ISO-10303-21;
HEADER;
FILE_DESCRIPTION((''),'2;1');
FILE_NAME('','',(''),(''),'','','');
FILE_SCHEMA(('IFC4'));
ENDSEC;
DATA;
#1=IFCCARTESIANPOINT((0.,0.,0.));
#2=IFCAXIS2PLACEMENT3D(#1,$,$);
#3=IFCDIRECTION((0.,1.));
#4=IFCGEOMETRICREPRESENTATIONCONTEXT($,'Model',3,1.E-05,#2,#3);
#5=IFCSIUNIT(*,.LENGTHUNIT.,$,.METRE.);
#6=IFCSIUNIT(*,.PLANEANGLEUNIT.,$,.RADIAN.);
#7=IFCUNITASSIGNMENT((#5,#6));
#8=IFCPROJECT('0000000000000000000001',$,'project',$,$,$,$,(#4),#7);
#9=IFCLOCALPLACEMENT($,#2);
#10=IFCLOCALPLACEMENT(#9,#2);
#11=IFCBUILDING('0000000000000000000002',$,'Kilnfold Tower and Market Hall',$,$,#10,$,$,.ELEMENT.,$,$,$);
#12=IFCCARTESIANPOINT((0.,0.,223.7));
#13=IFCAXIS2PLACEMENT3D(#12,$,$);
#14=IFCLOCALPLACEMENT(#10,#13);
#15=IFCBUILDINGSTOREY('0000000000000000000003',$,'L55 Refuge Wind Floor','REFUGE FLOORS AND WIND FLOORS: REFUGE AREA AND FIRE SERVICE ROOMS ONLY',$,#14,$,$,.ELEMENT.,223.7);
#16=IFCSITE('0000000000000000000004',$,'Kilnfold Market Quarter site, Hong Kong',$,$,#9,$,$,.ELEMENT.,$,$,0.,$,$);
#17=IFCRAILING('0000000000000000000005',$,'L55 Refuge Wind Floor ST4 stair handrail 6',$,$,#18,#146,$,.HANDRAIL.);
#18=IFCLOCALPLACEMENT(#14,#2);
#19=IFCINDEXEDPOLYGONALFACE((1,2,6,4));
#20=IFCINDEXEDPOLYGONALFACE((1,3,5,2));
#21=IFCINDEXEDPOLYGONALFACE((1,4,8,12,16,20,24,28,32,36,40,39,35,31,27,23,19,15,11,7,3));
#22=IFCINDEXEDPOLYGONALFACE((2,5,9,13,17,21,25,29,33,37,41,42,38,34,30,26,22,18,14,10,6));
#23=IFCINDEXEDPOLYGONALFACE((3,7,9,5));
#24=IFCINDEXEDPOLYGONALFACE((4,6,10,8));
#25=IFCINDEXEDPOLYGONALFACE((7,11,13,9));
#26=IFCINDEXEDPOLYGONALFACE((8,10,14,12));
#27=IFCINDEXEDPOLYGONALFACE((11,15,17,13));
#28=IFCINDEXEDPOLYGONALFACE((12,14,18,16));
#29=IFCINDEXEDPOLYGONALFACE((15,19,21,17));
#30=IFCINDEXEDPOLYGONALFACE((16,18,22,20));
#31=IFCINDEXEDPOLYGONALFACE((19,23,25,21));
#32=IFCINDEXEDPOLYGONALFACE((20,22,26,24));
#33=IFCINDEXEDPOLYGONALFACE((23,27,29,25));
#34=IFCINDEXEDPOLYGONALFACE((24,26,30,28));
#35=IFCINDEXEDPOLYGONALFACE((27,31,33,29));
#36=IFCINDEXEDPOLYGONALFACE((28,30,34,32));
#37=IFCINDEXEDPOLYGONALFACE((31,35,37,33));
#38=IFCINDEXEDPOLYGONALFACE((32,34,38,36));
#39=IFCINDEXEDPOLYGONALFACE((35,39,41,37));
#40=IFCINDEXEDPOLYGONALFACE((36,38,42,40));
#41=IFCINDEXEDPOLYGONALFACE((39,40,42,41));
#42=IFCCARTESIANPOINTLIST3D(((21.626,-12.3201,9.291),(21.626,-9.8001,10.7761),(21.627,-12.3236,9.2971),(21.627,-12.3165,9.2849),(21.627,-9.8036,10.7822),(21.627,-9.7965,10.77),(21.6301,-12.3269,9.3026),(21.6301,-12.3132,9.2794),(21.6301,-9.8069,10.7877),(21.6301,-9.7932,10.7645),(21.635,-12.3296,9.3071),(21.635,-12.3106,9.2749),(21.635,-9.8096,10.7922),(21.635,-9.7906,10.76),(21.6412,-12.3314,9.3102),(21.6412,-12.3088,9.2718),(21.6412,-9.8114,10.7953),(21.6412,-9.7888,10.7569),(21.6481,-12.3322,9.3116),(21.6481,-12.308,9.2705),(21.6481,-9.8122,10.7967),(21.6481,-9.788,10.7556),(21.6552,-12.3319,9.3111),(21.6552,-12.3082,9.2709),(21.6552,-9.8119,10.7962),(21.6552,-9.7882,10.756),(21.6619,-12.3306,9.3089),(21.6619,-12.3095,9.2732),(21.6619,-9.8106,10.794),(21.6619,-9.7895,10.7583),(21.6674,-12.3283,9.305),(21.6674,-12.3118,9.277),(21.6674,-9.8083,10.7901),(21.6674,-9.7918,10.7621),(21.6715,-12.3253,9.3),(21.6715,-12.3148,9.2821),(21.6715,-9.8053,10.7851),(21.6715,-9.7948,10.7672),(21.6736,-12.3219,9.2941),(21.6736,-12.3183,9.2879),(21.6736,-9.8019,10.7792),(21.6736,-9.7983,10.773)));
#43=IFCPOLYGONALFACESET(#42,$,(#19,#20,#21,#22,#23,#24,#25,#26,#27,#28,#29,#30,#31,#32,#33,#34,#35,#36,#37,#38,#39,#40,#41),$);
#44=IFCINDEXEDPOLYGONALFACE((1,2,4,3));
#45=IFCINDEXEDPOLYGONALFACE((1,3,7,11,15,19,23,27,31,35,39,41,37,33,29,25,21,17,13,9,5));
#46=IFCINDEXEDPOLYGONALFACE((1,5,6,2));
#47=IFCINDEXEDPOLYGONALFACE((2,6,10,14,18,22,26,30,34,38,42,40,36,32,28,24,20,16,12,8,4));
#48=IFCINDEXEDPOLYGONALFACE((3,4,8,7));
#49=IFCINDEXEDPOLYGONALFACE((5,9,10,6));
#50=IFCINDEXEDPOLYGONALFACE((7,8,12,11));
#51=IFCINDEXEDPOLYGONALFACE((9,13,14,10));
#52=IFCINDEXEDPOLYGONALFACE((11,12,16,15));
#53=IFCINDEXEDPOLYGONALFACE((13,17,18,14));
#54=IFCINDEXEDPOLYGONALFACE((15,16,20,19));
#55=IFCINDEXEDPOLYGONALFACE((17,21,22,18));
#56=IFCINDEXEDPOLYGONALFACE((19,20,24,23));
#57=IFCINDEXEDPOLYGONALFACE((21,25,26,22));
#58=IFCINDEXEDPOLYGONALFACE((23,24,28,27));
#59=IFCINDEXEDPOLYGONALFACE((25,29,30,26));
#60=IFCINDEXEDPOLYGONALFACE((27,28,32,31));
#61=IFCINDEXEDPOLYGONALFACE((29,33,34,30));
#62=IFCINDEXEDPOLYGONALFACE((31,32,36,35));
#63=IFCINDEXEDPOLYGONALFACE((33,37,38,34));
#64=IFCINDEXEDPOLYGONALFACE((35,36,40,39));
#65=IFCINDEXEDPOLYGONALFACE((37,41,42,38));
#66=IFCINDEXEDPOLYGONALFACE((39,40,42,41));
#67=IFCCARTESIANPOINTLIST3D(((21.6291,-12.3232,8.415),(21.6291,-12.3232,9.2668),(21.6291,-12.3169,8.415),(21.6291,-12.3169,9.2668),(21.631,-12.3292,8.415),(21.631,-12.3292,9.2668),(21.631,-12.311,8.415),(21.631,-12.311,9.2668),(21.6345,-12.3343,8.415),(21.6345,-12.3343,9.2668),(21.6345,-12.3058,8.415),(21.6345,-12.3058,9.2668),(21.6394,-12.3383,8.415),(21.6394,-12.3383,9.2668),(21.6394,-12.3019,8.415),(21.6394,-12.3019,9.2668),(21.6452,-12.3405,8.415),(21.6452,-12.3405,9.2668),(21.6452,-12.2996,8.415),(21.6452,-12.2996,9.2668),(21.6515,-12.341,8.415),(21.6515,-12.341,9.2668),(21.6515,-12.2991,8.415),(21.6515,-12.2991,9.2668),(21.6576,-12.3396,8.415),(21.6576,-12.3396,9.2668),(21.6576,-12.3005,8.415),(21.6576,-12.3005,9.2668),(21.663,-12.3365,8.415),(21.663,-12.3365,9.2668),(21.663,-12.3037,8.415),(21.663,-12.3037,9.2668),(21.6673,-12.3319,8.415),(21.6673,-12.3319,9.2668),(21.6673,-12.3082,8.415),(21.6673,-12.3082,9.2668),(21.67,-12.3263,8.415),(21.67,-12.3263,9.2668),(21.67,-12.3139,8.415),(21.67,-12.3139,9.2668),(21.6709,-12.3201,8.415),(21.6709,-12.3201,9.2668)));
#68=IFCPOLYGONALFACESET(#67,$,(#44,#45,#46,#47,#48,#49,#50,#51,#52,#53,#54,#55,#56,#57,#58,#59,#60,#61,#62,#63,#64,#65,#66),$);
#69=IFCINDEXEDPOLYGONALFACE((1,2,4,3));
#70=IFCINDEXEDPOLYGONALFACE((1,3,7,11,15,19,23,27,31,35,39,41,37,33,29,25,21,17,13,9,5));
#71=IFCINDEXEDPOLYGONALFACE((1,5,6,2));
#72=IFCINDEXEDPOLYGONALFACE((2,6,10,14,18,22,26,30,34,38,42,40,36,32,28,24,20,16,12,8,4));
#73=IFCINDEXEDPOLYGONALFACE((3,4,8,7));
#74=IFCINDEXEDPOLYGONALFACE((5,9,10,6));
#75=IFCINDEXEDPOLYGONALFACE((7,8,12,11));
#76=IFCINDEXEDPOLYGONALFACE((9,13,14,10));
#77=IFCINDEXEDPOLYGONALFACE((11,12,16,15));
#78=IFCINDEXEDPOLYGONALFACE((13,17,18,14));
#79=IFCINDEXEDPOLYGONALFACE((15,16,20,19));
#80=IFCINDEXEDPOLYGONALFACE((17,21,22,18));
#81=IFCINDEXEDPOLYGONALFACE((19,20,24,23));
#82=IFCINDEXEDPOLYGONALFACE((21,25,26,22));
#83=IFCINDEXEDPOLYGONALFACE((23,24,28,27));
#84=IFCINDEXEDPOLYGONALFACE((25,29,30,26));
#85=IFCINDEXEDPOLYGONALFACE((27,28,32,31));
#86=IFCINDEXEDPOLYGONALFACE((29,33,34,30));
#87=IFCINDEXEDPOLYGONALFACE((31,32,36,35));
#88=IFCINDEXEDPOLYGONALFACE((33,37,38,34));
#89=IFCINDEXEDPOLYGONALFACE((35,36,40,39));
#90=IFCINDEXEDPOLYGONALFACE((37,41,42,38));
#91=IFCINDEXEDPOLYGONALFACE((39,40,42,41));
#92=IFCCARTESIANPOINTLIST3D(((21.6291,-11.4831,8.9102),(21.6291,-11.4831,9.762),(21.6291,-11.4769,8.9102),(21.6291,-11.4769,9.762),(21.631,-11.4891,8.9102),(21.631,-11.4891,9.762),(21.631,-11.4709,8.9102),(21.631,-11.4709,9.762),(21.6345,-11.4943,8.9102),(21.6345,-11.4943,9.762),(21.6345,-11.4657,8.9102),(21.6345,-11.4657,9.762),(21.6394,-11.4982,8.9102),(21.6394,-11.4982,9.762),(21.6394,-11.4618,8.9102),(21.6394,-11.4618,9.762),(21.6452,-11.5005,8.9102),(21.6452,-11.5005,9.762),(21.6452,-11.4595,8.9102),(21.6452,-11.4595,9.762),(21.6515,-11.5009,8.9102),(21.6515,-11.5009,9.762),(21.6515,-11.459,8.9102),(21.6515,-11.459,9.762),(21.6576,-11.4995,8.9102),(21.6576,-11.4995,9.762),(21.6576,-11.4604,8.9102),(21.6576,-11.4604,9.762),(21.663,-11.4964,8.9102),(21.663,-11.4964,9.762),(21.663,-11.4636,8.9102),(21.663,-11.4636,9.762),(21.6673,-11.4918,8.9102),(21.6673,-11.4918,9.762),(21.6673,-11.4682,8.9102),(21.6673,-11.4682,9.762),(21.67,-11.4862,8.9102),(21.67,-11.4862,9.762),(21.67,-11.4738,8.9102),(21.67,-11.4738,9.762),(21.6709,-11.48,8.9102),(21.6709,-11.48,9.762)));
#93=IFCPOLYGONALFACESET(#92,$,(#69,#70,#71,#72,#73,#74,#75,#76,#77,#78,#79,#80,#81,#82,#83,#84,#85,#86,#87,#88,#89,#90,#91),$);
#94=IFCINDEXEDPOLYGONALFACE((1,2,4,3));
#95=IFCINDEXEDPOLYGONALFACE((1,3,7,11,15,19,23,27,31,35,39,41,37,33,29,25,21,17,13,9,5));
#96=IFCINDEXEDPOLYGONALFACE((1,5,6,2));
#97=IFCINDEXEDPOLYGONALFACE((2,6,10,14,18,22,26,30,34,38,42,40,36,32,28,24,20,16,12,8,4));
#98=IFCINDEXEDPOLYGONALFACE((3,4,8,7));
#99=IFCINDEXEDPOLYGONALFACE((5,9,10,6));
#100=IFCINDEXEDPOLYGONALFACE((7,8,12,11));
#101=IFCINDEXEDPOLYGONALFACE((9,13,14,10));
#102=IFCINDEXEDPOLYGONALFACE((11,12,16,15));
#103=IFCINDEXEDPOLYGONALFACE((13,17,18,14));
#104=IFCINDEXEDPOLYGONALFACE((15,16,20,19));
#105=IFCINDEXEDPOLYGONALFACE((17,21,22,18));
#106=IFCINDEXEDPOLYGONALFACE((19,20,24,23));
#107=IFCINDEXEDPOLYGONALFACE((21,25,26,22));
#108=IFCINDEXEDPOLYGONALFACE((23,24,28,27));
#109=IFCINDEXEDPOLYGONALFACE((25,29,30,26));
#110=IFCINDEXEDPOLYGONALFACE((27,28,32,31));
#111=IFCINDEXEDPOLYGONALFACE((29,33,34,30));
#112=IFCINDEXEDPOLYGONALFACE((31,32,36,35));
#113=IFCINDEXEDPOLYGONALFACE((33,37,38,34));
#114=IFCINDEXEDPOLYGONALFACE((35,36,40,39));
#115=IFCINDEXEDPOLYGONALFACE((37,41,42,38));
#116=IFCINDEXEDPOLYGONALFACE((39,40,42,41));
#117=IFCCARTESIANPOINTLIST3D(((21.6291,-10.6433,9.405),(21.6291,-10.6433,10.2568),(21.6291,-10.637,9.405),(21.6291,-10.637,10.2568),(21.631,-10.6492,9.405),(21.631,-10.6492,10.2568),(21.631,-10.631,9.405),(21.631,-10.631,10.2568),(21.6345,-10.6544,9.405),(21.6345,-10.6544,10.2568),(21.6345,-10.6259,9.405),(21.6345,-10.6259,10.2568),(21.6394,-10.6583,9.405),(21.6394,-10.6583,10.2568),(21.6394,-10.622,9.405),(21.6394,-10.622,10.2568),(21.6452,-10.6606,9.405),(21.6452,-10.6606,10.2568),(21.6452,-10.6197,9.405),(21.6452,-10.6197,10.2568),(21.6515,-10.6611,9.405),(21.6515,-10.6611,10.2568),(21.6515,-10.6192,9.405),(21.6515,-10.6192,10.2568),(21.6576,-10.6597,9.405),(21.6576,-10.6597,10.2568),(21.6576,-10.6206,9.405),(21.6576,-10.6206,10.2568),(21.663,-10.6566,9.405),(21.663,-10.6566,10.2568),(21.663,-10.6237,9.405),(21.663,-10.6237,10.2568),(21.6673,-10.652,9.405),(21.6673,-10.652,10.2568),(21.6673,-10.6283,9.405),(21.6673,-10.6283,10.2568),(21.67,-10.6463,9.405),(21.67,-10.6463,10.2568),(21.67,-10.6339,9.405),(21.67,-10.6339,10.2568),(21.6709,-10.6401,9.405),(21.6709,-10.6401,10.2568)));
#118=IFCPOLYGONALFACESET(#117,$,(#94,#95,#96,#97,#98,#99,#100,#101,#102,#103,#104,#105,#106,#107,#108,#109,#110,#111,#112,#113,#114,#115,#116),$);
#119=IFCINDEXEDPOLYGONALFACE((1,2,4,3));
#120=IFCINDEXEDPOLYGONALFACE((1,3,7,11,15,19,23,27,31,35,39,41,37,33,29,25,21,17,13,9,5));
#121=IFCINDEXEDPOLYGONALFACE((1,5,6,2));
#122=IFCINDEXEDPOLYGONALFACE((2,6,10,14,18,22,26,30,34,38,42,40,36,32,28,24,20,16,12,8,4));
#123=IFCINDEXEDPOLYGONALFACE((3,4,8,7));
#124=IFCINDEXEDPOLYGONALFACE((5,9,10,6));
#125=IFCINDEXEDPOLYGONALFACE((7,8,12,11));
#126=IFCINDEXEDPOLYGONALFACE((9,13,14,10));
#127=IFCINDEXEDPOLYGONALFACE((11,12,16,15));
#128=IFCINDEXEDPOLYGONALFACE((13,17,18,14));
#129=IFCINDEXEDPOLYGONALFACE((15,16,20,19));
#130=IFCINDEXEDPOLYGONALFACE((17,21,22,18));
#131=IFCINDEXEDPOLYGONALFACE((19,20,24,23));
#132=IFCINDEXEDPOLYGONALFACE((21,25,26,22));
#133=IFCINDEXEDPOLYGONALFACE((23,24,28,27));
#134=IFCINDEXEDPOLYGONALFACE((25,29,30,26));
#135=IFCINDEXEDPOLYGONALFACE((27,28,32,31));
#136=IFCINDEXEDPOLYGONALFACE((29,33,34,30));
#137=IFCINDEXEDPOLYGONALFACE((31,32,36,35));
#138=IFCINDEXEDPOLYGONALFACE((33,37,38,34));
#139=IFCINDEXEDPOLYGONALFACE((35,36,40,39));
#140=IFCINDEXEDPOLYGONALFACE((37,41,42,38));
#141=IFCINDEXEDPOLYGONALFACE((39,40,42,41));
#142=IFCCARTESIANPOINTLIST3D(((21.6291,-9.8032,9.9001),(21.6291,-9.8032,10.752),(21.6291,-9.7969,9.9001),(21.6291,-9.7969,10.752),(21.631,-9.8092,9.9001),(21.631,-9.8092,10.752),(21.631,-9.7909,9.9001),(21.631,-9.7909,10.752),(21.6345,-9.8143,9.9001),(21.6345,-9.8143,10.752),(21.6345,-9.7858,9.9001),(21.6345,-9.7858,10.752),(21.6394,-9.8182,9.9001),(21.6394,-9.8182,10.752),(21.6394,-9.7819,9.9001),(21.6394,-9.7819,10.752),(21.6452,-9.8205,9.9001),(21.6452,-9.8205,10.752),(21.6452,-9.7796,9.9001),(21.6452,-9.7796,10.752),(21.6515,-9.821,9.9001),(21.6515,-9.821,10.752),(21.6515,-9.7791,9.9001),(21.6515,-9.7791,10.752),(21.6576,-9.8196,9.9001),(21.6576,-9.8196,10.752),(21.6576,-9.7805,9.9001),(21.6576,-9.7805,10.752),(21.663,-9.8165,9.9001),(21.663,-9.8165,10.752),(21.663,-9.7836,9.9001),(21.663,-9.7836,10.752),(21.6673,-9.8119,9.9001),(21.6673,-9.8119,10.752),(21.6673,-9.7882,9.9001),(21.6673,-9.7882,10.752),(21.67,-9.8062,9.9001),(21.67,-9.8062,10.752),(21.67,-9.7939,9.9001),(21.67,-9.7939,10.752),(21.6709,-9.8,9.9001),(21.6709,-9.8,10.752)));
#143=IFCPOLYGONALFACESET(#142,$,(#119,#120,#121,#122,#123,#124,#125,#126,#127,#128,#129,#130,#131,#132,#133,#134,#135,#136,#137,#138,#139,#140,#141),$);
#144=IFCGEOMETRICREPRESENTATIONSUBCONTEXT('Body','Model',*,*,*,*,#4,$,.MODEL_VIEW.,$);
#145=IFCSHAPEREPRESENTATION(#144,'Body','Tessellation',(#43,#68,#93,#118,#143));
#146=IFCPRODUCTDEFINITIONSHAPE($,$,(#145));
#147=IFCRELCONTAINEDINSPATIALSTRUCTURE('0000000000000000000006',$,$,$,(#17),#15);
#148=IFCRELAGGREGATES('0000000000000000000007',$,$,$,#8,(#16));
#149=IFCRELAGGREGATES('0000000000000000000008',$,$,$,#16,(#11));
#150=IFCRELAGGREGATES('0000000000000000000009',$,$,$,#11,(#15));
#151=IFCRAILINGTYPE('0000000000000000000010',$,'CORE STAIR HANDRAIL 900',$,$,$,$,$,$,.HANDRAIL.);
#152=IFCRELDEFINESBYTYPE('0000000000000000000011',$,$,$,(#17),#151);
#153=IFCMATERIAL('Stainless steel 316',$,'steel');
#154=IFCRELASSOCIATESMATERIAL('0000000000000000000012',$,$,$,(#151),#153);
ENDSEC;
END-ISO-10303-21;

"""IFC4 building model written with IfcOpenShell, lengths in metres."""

from ifc_helpers import new_model, si_unit, direction, frame, origin, origin_2d, place, context, subcontext, project, spatial, circle, extrude, material, type_object, element, save


model = new_model("IFC4")

# Units and contexts
model_context = context("Model", 3, precision=1e-05, world=origin(), true_north=direction((0.0, 1.0)))
body_context = subcontext(model_context, "Body", "Model", "MODEL_VIEW")
ifc_project = project(units=[si_unit("LENGTHUNIT", "METRE"), si_unit("PLANEANGLEUNIT", "RADIAN")], contexts=[model_context])

# Site, building, storey
site_placement = place(None, origin())
site = spatial("IfcSite", under=ifc_project, at=site_placement, Name="Kilnfold Market Quarter site, Hong Kong", CompositionType="ELEMENT", RefElevation=0.0)
building_placement = place(site_placement, origin())
building = spatial("IfcBuilding", under=site, at=building_placement, Name="Kilnfold Tower and Market Hall", CompositionType="ELEMENT")
storey_placement = place(building_placement, frame((0.0, 0.0, 223.7)))
storey = spatial("IfcBuildingStorey", under=building, at=storey_placement, Name="L55 Refuge Wind Floor", Description="REFUGE FLOORS AND WIND FLOORS: REFUGE AREA AND FIRE SERVICE ROOMS ONLY", CompositionType="ELEMENT", Elevation=223.7)

# Railing
ifc_material_1 = material(Name="Stainless steel 316", Category="steel")
railing_type_1 = type_object("IfcRailingType", Name="CORE STAIR HANDRAIL 900", PredefinedType="HANDRAIL", material=ifc_material_1)
railing_1_placement = place(storey_placement, frame((21.6499, -12.3201, 8.415)))
element("IfcRailing", 1, at=railing_1_placement, inside=storey, type_object=railing_type_1, Name="L55 Refuge Wind Floor ST4 stair handrail 6", PredefinedType="HANDRAIL", context=body_context, shape_type="SweptSolid", body=[
    extrude(circle(Radius=0.0239, at=origin_2d()), frame((0.0, 0.0, 0.876), z_axis=(0.0, 0.861524, 0.507717), x_axis=(-1.0, 0.0, 0.0)), (0.0, 0.0, 1.0), 2.925),
    extrude(circle(Radius=0.021, at=origin_2d()), origin(), (0.0, 0.0, 1.0), 0.8518),
    extrude(circle(Radius=0.021, at=origin_2d()), frame((0.0, 0.8401, 0.4951)), (0.0, 0.0, 1.0), 0.8518),
    extrude(circle(Radius=0.021, at=origin_2d()), frame((0.0, 1.6799, 0.99)), (0.0, 0.0, 1.0), 0.8518),
    extrude(circle(Radius=0.021, at=origin_2d()), frame((0.0, 2.52, 1.4851)), (0.0, 0.0, 1.0), 0.8518),
])

save(model, "model.ifc")
